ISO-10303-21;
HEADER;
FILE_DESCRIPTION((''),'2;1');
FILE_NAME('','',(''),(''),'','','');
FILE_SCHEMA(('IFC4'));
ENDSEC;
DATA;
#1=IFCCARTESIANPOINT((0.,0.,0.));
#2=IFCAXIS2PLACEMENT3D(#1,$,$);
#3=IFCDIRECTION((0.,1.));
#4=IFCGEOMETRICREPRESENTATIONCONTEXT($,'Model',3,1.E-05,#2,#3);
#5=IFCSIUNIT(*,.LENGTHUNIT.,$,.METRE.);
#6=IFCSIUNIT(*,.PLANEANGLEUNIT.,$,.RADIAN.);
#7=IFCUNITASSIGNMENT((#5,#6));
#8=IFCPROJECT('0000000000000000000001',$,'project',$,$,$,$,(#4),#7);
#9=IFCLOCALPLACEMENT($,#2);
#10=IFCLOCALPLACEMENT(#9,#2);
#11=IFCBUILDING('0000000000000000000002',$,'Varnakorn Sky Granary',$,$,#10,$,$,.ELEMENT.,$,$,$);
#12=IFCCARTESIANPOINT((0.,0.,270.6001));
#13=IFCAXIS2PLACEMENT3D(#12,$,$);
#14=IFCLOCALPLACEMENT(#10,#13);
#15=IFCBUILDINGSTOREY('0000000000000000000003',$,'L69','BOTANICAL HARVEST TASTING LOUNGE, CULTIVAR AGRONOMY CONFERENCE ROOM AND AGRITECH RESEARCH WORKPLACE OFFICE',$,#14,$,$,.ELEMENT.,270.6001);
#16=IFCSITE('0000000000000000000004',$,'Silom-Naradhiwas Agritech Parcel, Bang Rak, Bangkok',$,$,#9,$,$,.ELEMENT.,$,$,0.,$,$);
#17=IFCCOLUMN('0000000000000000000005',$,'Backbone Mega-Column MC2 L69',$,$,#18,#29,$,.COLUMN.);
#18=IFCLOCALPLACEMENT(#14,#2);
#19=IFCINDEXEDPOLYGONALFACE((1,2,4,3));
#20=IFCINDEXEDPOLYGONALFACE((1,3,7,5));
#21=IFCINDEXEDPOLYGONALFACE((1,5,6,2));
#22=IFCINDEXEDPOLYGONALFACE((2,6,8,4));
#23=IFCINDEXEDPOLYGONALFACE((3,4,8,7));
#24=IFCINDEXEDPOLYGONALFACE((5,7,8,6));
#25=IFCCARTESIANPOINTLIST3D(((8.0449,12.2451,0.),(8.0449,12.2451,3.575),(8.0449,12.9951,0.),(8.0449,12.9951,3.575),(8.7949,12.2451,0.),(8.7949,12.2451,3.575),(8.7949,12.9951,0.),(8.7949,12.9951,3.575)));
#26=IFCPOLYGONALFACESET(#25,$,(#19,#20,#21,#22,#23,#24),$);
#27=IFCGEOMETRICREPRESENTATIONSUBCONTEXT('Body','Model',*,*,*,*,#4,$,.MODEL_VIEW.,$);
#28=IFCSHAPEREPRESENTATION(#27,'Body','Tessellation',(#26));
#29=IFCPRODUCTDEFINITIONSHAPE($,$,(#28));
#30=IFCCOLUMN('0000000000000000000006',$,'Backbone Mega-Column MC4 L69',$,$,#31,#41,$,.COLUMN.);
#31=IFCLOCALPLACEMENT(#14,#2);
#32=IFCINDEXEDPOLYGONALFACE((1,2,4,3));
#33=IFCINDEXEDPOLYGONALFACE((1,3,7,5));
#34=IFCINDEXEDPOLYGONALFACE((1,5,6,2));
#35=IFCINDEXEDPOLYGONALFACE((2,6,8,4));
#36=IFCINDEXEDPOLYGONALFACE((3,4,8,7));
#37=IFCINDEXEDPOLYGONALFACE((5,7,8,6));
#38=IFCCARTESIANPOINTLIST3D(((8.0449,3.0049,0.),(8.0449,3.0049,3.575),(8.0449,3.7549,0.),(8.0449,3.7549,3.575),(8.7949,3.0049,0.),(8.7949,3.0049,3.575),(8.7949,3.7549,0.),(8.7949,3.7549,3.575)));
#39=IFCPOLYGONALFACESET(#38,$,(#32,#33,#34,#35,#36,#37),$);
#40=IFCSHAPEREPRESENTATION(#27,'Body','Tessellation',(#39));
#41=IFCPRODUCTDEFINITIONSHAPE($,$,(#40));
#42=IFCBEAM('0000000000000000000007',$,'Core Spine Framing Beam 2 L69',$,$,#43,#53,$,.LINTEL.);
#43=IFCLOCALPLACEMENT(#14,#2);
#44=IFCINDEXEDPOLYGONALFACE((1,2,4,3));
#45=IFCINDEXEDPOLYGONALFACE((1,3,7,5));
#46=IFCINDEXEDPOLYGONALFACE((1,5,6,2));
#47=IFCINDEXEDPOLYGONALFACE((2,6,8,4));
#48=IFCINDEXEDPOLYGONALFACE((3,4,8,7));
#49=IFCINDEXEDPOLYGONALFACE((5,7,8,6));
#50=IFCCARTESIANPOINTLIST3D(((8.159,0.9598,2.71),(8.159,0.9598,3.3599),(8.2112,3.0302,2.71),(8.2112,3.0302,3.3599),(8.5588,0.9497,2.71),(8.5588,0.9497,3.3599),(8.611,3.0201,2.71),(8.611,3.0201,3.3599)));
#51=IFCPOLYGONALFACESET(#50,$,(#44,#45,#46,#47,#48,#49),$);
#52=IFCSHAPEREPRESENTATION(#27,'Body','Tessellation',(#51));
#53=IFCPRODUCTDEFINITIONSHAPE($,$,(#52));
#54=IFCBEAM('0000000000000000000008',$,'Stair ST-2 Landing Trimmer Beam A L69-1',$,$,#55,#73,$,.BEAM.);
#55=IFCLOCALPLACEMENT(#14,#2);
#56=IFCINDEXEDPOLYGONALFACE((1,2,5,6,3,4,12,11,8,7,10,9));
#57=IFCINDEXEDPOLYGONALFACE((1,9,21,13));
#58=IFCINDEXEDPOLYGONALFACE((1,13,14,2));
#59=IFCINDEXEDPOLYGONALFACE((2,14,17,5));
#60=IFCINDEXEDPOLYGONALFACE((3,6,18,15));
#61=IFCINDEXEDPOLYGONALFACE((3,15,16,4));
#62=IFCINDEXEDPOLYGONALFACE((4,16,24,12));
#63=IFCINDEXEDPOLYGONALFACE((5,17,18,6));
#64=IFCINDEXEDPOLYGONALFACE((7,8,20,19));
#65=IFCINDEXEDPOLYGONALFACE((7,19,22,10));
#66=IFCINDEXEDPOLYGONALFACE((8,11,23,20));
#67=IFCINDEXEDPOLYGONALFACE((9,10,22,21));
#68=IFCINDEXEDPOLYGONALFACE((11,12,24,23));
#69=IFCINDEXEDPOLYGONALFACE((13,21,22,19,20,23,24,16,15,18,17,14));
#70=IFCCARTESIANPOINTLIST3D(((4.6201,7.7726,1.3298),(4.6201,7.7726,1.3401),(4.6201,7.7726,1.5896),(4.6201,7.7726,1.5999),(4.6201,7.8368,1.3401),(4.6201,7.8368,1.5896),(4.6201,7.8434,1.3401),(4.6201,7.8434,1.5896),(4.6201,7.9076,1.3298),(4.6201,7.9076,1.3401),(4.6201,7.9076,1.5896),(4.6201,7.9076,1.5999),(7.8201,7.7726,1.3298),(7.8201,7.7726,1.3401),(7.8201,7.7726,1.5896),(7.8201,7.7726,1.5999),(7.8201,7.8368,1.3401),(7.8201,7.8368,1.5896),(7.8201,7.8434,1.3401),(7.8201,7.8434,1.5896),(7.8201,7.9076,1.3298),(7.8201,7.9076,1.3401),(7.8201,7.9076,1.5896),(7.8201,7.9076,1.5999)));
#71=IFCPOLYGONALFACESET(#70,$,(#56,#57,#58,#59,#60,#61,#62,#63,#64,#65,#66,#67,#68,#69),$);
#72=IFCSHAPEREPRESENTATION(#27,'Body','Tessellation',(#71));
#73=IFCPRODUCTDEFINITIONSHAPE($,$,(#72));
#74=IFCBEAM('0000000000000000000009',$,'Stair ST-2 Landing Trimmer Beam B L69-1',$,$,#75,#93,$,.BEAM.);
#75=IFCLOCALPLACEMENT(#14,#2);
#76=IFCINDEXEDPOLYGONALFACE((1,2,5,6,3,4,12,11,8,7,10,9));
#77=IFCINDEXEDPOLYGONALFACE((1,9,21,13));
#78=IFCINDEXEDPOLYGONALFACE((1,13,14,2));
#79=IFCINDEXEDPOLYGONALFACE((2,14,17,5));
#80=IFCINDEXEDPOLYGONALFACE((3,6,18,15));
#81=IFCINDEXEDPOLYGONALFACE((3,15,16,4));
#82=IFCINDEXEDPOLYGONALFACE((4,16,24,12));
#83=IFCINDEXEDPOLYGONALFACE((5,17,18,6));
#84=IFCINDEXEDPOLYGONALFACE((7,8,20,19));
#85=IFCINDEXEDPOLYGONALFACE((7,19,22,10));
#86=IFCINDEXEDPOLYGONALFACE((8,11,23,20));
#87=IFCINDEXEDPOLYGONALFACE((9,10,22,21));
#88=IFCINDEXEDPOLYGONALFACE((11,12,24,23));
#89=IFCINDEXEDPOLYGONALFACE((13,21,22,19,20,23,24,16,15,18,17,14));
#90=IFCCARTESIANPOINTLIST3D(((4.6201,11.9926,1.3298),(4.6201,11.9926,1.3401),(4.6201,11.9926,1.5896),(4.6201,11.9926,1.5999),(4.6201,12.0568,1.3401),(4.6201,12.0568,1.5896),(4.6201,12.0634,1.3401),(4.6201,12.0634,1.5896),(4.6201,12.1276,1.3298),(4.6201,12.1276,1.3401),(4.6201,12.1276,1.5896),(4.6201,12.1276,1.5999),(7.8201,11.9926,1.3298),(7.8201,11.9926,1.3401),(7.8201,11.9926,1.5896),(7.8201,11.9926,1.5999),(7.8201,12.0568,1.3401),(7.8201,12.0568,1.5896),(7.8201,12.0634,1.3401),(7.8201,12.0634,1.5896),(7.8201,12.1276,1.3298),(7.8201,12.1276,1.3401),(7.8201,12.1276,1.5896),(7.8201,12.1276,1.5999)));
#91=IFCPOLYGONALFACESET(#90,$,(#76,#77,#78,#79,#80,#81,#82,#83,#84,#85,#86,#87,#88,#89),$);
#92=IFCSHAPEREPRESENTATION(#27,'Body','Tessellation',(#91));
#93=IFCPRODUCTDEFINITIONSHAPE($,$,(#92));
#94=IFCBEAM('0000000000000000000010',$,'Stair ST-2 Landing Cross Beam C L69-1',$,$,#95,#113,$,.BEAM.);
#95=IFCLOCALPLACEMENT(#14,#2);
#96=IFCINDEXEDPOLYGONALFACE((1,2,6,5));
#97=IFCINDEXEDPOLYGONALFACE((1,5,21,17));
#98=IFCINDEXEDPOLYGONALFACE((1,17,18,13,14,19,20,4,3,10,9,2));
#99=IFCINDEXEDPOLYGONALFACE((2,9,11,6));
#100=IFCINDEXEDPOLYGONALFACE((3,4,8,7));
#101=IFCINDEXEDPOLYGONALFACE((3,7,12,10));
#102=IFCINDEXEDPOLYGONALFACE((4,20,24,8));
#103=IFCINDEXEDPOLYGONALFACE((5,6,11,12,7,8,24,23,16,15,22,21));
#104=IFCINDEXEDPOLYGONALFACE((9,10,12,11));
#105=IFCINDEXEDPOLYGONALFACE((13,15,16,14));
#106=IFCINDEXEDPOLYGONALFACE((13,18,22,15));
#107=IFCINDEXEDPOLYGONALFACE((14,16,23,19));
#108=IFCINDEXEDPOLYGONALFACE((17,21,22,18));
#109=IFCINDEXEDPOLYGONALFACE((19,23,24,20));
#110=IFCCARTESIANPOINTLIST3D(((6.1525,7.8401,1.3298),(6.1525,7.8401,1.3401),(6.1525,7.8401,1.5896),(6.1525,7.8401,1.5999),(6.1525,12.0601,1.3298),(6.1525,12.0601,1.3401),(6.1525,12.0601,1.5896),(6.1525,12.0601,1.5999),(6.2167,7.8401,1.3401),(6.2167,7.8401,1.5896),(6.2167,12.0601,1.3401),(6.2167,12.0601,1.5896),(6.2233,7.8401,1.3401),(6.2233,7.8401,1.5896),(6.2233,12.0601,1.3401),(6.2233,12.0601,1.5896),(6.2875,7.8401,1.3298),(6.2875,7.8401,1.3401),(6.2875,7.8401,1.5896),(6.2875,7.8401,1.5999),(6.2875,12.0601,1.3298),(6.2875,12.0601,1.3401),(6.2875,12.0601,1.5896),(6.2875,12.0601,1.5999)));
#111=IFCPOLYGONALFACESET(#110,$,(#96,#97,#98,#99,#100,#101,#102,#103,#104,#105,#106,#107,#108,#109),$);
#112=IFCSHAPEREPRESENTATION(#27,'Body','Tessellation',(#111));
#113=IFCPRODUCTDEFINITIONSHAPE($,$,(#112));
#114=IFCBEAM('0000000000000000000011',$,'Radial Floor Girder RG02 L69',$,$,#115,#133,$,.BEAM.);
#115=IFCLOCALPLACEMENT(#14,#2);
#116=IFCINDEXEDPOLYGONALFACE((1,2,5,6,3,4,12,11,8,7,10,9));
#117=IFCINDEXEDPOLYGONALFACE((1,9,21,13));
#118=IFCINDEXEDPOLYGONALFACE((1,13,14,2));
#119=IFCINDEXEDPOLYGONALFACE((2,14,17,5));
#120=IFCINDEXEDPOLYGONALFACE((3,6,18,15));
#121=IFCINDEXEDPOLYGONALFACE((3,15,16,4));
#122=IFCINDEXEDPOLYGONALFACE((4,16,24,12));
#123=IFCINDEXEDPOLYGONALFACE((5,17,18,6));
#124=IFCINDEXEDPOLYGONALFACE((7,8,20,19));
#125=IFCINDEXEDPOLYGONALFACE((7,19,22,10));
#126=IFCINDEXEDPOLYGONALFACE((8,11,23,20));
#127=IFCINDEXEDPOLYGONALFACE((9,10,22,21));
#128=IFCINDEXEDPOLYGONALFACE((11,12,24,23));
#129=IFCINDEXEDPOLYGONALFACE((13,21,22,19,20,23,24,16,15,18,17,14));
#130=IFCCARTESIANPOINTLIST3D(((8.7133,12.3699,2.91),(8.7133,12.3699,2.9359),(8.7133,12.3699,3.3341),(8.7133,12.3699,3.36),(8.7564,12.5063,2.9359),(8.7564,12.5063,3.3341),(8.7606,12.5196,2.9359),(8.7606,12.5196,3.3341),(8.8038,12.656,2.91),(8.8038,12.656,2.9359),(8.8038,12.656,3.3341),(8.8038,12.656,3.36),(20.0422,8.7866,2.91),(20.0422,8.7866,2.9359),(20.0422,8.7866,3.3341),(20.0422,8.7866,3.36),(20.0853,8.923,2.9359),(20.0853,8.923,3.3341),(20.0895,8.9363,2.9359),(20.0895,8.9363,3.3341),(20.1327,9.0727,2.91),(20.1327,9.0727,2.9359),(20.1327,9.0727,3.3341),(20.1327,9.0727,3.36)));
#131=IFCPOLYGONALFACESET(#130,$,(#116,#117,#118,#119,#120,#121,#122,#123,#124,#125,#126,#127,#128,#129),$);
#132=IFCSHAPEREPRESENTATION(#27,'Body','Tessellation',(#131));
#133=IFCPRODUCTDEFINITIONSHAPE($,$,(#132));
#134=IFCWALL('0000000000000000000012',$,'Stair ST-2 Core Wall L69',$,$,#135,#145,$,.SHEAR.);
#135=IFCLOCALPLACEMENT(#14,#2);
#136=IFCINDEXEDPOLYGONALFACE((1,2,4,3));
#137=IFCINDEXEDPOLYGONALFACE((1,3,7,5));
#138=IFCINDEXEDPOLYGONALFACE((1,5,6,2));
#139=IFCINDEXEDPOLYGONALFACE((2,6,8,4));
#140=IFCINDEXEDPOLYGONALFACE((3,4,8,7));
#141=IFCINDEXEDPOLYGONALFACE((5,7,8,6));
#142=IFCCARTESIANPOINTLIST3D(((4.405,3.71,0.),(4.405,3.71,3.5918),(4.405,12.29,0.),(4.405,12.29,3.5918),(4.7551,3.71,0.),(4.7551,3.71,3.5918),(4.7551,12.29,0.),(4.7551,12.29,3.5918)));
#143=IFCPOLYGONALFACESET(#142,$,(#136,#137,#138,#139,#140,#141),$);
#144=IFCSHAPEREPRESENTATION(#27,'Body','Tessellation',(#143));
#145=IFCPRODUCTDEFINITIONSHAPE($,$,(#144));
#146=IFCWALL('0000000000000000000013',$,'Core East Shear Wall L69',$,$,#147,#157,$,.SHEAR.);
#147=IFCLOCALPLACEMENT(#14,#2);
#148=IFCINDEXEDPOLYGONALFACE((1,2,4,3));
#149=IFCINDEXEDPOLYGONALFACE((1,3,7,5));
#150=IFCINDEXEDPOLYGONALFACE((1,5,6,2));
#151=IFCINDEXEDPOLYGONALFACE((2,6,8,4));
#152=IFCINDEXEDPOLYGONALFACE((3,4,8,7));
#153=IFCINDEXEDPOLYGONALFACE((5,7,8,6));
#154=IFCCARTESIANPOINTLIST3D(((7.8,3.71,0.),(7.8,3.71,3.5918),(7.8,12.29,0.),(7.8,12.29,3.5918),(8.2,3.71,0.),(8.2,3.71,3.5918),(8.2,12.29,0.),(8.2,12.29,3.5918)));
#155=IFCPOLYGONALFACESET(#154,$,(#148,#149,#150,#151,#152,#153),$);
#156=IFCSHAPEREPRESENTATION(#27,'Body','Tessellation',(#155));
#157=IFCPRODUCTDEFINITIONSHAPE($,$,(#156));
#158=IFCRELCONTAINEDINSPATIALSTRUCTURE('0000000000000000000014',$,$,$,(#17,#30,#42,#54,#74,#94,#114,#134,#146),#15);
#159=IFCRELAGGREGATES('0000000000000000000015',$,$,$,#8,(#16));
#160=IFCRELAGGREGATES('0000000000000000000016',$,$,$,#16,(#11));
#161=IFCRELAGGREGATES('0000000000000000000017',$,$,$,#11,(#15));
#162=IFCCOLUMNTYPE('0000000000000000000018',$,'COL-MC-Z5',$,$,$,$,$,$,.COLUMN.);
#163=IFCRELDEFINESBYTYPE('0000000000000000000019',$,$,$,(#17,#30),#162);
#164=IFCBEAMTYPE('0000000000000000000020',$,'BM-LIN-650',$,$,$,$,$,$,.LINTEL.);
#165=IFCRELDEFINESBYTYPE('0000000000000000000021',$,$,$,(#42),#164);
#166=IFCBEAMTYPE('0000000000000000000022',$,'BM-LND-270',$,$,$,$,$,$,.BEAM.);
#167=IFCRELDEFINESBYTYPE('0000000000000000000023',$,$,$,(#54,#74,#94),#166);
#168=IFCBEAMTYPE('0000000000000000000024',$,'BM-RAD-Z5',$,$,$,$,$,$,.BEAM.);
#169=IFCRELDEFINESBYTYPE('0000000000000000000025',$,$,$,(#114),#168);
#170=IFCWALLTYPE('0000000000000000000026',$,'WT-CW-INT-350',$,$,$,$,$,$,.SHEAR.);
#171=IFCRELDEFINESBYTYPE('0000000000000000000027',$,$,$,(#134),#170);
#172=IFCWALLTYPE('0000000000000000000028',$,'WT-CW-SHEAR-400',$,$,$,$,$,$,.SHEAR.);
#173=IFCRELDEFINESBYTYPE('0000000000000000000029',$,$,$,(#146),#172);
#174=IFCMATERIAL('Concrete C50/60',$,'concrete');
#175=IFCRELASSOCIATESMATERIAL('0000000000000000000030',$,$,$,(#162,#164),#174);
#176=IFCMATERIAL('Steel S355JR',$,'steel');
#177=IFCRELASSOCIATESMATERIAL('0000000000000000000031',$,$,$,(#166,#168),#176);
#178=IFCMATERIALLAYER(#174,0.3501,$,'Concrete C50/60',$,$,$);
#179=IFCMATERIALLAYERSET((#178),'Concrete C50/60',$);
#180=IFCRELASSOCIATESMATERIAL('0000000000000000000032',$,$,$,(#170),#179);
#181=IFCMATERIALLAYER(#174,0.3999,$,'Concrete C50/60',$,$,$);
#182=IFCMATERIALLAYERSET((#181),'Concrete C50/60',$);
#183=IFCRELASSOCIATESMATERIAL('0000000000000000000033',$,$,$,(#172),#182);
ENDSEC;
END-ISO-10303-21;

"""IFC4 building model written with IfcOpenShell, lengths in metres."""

from ifc_helpers import new_model, si_unit, direction, frame, frame_2d, origin, origin_2d, place, context, subcontext, project, spatial, rectangle, i_section, extrude, material, layer, layer_set, material_profile, profile_set, type_object, element, save


model = new_model("IFC4")

# Units and contexts
model_context = context("Model", 3, precision=1e-05, world=origin(), true_north=direction((0.0, 1.0)))
body_context = subcontext(model_context, "Body", "Model", "MODEL_VIEW")
ifc_project = project(units=[si_unit("LENGTHUNIT", "METRE"), si_unit("PLANEANGLEUNIT", "RADIAN")], contexts=[model_context])

# Site, building, storey
site_placement = place(None, origin())
site = spatial("IfcSite", under=ifc_project, at=site_placement, Name="Silom-Naradhiwas Agritech Parcel, Bang Rak, Bangkok", CompositionType="ELEMENT", RefElevation=0.0)
building_placement = place(site_placement, origin())
building = spatial("IfcBuilding", under=site, at=building_placement, Name="Varnakorn Sky Granary", CompositionType="ELEMENT")
storey_placement = place(building_placement, frame((0.0, 0.0, 270.6001)))
storey = spatial("IfcBuildingStorey", under=building, at=storey_placement, Name="L69", Description="BOTANICAL HARVEST TASTING LOUNGE, CULTIVAR AGRONOMY CONFERENCE ROOM AND AGRITECH RESEARCH WORKPLACE OFFICE", CompositionType="ELEMENT", Elevation=270.6001)

# Columns
ifc_material_1 = material(Name="Concrete C50/60", Category="concrete")
ifc_material_profile_1 = material_profile(ifc_material_1, rectangle(XDim=0.75, YDim=0.75, at=origin_2d()), Name="RC 750x750")
ifc_profile_set_1 = profile_set([ifc_material_profile_1], Name="Concrete C50/60")
column_type = type_object("IfcColumnType", Name="COL-MC-Z5", PredefinedType="COLUMN", material=ifc_profile_set_1)
for number, where, z_axis, x_axis, name in (
    (1, (8.4199, 12.6201, 0.0), (0.0, 0.0, 1.0), (1.0, 0.0, 0.0), "Backbone Mega-Column MC2 L69"),
    (2, (8.4199, 3.3799, 0.0), (0.0, 0.0, 1.0), (1.0, 0.0, 0.0), "Backbone Mega-Column MC4 L69"),
):
    element("IfcColumn", number, at=place(storey_placement, frame(where, z_axis=z_axis, x_axis=x_axis)), inside=storey, type_object=column_type, Name=name, PredefinedType="COLUMN", context=body_context, shape_type="SweptSolid", body=[
        extrude(rectangle(XDim=0.75, YDim=0.75, at=origin_2d()), origin(), (0.0, 0.0, 1.0), 3.575),
    ])

# Beams
ifc_material_profile_2 = material_profile(ifc_material_1, rectangle(XDim=0.3999, YDim=0.6499, at=origin_2d()), Name="RC 400x650")
ifc_profile_set_2 = profile_set([ifc_material_profile_2], Name="Concrete C50/60")
beam_type_1 = type_object("IfcBeamType", Name="BM-LIN-650", PredefinedType="LINTEL", material=ifc_profile_set_2)
beam_1_placement = place(storey_placement, frame((8.4111, 3.0251, 3.0349), z_axis=(-0.025228, -0.999682, 0.0), x_axis=(0.999682, -0.025228, 0.0)))
element("IfcBeam", 3, at=beam_1_placement, inside=storey, type_object=beam_type_1, Name="Core Spine Framing Beam 2 L69", PredefinedType="LINTEL", context=body_context, shape_type="SweptSolid", body=[
    extrude(rectangle(XDim=0.3999, YDim=0.6499, at=origin_2d()), origin(), (0.0, 0.0, 1.0), 2.071),
])
ifc_material_2 = material(Name="Steel S355JR", Category="steel")
ifc_material_profile_3 = material_profile(ifc_material_2, i_section(OverallWidth=0.135, OverallDepth=0.27, WebThickness=0.0066, FlangeThickness=0.0103, at=origin_2d()), Name="IPE 270")
ifc_profile_set_3 = profile_set([ifc_material_profile_3], Name="Steel S355JR")
beam_type_2 = type_object("IfcBeamType", Name="BM-LND-270", PredefinedType="BEAM", material=ifc_profile_set_3)
for number, where, z_axis, x_axis, name in (
    (4, (4.6201, 7.8401, 1.4648), (1.0, 0.0, 0.0), (0.0, 1.0, 0.0), "Stair ST-2 Landing Trimmer Beam A L69-1"),
    (5, (4.6201, 12.0601, 1.4648), (1.0, 0.0, 0.0), (0.0, 1.0, 0.0), "Stair ST-2 Landing Trimmer Beam B L69-1"),
):
    element("IfcBeam", number, at=place(storey_placement, frame(where, z_axis=z_axis, x_axis=x_axis)), inside=storey, type_object=beam_type_2, Name=name, PredefinedType="BEAM", context=body_context, shape_type="SweptSolid", body=[
        extrude(i_section(OverallWidth=0.135, OverallDepth=0.27, WebThickness=0.0066, FlangeThickness=0.0103, at=origin_2d()), origin(), (0.0, 0.0, 1.0), 3.2),
    ])
beam_2_placement = place(storey_placement, frame((6.22, 7.8401, 1.4648), z_axis=(0.0, 1.0, 0.0), x_axis=(-1.0, 0.0, 0.0)))
element("IfcBeam", 6, at=beam_2_placement, inside=storey, type_object=beam_type_2, Name="Stair ST-2 Landing Cross Beam C L69-1", PredefinedType="BEAM", context=body_context, shape_type="SweptSolid", body=[
    extrude(i_section(OverallWidth=0.135, OverallDepth=0.27, WebThickness=0.0066, FlangeThickness=0.0103, at=origin_2d()), origin(), (0.0, 0.0, 1.0), 4.22),
])
ifc_material_profile_4 = material_profile(ifc_material_2, i_section(OverallWidth=0.3, OverallDepth=0.45, WebThickness=0.0139, FlangeThickness=0.0259, at=origin_2d()), Name="HE 450 B")
ifc_profile_set_4 = profile_set([ifc_material_profile_4], Name="Steel S355JR")
beam_type_3 = type_object("IfcBeamType", Name="BM-RAD-Z5", PredefinedType="BEAM", material=ifc_profile_set_4)
beam_3_placement = place(storey_placement, frame((8.7585, 12.5129, 3.135), z_axis=(0.953444, -0.301569, 0.0), x_axis=(0.301569, 0.953444, 0.0)))
element("IfcBeam", 7, at=beam_3_placement, inside=storey, type_object=beam_type_3, Name="Radial Floor Girder RG02 L69", PredefinedType="BEAM", context=body_context, shape_type="SweptSolid", body=[
    extrude(i_section(OverallWidth=0.3, OverallDepth=0.45, WebThickness=0.0139, FlangeThickness=0.0259, at=origin_2d()), origin(), (0.0, 0.0, 1.0), 11.8821),
])

# Walls
ifc_layer_1 = layer(ifc_material_1, 0.3501, Name="Concrete C50/60")
ifc_layer_set_1 = layer_set([ifc_layer_1], Name="Concrete C50/60")
wall_type_1 = type_object("IfcWallType", Name="WT-CW-INT-350", PredefinedType="SHEAR", material=ifc_layer_set_1)
wall_1_placement = place(storey_placement, frame((4.5801, 3.71, 0.0), z_axis=(0.0, 0.0, 1.0), x_axis=(0.0, 1.0, 0.0)))
element("IfcWall", 8, at=wall_1_placement, inside=storey, type_object=wall_type_1, Name="Stair ST-2 Core Wall L69", PredefinedType="SHEAR", context=body_context, shape_type="SweptSolid", body=[
    extrude(rectangle(XDim=8.5801, YDim=0.3501, at=frame_2d((4.29, 0.0))), origin(), (0.0, 0.0, 1.0), 3.5918),
])
ifc_layer_2 = layer(ifc_material_1, 0.3999, Name="Concrete C50/60")
ifc_layer_set_2 = layer_set([ifc_layer_2], Name="Concrete C50/60")
wall_type_2 = type_object("IfcWallType", Name="WT-CW-SHEAR-400", PredefinedType="SHEAR", material=ifc_layer_set_2)
wall_2_placement = place(storey_placement, frame((8.0, 3.71, 0.0), z_axis=(0.0, 0.0, 1.0), x_axis=(0.0, 1.0, 0.0)))
element("IfcWall", 9, at=wall_2_placement, inside=storey, type_object=wall_type_2, Name="Core East Shear Wall L69", PredefinedType="SHEAR", context=body_context, shape_type="SweptSolid", body=[
    extrude(rectangle(XDim=8.5801, YDim=0.3999, at=frame_2d((4.29, 0.0))), origin(), (0.0, 0.0, 1.0), 3.5918),
])

save(model, "model.ifc")
